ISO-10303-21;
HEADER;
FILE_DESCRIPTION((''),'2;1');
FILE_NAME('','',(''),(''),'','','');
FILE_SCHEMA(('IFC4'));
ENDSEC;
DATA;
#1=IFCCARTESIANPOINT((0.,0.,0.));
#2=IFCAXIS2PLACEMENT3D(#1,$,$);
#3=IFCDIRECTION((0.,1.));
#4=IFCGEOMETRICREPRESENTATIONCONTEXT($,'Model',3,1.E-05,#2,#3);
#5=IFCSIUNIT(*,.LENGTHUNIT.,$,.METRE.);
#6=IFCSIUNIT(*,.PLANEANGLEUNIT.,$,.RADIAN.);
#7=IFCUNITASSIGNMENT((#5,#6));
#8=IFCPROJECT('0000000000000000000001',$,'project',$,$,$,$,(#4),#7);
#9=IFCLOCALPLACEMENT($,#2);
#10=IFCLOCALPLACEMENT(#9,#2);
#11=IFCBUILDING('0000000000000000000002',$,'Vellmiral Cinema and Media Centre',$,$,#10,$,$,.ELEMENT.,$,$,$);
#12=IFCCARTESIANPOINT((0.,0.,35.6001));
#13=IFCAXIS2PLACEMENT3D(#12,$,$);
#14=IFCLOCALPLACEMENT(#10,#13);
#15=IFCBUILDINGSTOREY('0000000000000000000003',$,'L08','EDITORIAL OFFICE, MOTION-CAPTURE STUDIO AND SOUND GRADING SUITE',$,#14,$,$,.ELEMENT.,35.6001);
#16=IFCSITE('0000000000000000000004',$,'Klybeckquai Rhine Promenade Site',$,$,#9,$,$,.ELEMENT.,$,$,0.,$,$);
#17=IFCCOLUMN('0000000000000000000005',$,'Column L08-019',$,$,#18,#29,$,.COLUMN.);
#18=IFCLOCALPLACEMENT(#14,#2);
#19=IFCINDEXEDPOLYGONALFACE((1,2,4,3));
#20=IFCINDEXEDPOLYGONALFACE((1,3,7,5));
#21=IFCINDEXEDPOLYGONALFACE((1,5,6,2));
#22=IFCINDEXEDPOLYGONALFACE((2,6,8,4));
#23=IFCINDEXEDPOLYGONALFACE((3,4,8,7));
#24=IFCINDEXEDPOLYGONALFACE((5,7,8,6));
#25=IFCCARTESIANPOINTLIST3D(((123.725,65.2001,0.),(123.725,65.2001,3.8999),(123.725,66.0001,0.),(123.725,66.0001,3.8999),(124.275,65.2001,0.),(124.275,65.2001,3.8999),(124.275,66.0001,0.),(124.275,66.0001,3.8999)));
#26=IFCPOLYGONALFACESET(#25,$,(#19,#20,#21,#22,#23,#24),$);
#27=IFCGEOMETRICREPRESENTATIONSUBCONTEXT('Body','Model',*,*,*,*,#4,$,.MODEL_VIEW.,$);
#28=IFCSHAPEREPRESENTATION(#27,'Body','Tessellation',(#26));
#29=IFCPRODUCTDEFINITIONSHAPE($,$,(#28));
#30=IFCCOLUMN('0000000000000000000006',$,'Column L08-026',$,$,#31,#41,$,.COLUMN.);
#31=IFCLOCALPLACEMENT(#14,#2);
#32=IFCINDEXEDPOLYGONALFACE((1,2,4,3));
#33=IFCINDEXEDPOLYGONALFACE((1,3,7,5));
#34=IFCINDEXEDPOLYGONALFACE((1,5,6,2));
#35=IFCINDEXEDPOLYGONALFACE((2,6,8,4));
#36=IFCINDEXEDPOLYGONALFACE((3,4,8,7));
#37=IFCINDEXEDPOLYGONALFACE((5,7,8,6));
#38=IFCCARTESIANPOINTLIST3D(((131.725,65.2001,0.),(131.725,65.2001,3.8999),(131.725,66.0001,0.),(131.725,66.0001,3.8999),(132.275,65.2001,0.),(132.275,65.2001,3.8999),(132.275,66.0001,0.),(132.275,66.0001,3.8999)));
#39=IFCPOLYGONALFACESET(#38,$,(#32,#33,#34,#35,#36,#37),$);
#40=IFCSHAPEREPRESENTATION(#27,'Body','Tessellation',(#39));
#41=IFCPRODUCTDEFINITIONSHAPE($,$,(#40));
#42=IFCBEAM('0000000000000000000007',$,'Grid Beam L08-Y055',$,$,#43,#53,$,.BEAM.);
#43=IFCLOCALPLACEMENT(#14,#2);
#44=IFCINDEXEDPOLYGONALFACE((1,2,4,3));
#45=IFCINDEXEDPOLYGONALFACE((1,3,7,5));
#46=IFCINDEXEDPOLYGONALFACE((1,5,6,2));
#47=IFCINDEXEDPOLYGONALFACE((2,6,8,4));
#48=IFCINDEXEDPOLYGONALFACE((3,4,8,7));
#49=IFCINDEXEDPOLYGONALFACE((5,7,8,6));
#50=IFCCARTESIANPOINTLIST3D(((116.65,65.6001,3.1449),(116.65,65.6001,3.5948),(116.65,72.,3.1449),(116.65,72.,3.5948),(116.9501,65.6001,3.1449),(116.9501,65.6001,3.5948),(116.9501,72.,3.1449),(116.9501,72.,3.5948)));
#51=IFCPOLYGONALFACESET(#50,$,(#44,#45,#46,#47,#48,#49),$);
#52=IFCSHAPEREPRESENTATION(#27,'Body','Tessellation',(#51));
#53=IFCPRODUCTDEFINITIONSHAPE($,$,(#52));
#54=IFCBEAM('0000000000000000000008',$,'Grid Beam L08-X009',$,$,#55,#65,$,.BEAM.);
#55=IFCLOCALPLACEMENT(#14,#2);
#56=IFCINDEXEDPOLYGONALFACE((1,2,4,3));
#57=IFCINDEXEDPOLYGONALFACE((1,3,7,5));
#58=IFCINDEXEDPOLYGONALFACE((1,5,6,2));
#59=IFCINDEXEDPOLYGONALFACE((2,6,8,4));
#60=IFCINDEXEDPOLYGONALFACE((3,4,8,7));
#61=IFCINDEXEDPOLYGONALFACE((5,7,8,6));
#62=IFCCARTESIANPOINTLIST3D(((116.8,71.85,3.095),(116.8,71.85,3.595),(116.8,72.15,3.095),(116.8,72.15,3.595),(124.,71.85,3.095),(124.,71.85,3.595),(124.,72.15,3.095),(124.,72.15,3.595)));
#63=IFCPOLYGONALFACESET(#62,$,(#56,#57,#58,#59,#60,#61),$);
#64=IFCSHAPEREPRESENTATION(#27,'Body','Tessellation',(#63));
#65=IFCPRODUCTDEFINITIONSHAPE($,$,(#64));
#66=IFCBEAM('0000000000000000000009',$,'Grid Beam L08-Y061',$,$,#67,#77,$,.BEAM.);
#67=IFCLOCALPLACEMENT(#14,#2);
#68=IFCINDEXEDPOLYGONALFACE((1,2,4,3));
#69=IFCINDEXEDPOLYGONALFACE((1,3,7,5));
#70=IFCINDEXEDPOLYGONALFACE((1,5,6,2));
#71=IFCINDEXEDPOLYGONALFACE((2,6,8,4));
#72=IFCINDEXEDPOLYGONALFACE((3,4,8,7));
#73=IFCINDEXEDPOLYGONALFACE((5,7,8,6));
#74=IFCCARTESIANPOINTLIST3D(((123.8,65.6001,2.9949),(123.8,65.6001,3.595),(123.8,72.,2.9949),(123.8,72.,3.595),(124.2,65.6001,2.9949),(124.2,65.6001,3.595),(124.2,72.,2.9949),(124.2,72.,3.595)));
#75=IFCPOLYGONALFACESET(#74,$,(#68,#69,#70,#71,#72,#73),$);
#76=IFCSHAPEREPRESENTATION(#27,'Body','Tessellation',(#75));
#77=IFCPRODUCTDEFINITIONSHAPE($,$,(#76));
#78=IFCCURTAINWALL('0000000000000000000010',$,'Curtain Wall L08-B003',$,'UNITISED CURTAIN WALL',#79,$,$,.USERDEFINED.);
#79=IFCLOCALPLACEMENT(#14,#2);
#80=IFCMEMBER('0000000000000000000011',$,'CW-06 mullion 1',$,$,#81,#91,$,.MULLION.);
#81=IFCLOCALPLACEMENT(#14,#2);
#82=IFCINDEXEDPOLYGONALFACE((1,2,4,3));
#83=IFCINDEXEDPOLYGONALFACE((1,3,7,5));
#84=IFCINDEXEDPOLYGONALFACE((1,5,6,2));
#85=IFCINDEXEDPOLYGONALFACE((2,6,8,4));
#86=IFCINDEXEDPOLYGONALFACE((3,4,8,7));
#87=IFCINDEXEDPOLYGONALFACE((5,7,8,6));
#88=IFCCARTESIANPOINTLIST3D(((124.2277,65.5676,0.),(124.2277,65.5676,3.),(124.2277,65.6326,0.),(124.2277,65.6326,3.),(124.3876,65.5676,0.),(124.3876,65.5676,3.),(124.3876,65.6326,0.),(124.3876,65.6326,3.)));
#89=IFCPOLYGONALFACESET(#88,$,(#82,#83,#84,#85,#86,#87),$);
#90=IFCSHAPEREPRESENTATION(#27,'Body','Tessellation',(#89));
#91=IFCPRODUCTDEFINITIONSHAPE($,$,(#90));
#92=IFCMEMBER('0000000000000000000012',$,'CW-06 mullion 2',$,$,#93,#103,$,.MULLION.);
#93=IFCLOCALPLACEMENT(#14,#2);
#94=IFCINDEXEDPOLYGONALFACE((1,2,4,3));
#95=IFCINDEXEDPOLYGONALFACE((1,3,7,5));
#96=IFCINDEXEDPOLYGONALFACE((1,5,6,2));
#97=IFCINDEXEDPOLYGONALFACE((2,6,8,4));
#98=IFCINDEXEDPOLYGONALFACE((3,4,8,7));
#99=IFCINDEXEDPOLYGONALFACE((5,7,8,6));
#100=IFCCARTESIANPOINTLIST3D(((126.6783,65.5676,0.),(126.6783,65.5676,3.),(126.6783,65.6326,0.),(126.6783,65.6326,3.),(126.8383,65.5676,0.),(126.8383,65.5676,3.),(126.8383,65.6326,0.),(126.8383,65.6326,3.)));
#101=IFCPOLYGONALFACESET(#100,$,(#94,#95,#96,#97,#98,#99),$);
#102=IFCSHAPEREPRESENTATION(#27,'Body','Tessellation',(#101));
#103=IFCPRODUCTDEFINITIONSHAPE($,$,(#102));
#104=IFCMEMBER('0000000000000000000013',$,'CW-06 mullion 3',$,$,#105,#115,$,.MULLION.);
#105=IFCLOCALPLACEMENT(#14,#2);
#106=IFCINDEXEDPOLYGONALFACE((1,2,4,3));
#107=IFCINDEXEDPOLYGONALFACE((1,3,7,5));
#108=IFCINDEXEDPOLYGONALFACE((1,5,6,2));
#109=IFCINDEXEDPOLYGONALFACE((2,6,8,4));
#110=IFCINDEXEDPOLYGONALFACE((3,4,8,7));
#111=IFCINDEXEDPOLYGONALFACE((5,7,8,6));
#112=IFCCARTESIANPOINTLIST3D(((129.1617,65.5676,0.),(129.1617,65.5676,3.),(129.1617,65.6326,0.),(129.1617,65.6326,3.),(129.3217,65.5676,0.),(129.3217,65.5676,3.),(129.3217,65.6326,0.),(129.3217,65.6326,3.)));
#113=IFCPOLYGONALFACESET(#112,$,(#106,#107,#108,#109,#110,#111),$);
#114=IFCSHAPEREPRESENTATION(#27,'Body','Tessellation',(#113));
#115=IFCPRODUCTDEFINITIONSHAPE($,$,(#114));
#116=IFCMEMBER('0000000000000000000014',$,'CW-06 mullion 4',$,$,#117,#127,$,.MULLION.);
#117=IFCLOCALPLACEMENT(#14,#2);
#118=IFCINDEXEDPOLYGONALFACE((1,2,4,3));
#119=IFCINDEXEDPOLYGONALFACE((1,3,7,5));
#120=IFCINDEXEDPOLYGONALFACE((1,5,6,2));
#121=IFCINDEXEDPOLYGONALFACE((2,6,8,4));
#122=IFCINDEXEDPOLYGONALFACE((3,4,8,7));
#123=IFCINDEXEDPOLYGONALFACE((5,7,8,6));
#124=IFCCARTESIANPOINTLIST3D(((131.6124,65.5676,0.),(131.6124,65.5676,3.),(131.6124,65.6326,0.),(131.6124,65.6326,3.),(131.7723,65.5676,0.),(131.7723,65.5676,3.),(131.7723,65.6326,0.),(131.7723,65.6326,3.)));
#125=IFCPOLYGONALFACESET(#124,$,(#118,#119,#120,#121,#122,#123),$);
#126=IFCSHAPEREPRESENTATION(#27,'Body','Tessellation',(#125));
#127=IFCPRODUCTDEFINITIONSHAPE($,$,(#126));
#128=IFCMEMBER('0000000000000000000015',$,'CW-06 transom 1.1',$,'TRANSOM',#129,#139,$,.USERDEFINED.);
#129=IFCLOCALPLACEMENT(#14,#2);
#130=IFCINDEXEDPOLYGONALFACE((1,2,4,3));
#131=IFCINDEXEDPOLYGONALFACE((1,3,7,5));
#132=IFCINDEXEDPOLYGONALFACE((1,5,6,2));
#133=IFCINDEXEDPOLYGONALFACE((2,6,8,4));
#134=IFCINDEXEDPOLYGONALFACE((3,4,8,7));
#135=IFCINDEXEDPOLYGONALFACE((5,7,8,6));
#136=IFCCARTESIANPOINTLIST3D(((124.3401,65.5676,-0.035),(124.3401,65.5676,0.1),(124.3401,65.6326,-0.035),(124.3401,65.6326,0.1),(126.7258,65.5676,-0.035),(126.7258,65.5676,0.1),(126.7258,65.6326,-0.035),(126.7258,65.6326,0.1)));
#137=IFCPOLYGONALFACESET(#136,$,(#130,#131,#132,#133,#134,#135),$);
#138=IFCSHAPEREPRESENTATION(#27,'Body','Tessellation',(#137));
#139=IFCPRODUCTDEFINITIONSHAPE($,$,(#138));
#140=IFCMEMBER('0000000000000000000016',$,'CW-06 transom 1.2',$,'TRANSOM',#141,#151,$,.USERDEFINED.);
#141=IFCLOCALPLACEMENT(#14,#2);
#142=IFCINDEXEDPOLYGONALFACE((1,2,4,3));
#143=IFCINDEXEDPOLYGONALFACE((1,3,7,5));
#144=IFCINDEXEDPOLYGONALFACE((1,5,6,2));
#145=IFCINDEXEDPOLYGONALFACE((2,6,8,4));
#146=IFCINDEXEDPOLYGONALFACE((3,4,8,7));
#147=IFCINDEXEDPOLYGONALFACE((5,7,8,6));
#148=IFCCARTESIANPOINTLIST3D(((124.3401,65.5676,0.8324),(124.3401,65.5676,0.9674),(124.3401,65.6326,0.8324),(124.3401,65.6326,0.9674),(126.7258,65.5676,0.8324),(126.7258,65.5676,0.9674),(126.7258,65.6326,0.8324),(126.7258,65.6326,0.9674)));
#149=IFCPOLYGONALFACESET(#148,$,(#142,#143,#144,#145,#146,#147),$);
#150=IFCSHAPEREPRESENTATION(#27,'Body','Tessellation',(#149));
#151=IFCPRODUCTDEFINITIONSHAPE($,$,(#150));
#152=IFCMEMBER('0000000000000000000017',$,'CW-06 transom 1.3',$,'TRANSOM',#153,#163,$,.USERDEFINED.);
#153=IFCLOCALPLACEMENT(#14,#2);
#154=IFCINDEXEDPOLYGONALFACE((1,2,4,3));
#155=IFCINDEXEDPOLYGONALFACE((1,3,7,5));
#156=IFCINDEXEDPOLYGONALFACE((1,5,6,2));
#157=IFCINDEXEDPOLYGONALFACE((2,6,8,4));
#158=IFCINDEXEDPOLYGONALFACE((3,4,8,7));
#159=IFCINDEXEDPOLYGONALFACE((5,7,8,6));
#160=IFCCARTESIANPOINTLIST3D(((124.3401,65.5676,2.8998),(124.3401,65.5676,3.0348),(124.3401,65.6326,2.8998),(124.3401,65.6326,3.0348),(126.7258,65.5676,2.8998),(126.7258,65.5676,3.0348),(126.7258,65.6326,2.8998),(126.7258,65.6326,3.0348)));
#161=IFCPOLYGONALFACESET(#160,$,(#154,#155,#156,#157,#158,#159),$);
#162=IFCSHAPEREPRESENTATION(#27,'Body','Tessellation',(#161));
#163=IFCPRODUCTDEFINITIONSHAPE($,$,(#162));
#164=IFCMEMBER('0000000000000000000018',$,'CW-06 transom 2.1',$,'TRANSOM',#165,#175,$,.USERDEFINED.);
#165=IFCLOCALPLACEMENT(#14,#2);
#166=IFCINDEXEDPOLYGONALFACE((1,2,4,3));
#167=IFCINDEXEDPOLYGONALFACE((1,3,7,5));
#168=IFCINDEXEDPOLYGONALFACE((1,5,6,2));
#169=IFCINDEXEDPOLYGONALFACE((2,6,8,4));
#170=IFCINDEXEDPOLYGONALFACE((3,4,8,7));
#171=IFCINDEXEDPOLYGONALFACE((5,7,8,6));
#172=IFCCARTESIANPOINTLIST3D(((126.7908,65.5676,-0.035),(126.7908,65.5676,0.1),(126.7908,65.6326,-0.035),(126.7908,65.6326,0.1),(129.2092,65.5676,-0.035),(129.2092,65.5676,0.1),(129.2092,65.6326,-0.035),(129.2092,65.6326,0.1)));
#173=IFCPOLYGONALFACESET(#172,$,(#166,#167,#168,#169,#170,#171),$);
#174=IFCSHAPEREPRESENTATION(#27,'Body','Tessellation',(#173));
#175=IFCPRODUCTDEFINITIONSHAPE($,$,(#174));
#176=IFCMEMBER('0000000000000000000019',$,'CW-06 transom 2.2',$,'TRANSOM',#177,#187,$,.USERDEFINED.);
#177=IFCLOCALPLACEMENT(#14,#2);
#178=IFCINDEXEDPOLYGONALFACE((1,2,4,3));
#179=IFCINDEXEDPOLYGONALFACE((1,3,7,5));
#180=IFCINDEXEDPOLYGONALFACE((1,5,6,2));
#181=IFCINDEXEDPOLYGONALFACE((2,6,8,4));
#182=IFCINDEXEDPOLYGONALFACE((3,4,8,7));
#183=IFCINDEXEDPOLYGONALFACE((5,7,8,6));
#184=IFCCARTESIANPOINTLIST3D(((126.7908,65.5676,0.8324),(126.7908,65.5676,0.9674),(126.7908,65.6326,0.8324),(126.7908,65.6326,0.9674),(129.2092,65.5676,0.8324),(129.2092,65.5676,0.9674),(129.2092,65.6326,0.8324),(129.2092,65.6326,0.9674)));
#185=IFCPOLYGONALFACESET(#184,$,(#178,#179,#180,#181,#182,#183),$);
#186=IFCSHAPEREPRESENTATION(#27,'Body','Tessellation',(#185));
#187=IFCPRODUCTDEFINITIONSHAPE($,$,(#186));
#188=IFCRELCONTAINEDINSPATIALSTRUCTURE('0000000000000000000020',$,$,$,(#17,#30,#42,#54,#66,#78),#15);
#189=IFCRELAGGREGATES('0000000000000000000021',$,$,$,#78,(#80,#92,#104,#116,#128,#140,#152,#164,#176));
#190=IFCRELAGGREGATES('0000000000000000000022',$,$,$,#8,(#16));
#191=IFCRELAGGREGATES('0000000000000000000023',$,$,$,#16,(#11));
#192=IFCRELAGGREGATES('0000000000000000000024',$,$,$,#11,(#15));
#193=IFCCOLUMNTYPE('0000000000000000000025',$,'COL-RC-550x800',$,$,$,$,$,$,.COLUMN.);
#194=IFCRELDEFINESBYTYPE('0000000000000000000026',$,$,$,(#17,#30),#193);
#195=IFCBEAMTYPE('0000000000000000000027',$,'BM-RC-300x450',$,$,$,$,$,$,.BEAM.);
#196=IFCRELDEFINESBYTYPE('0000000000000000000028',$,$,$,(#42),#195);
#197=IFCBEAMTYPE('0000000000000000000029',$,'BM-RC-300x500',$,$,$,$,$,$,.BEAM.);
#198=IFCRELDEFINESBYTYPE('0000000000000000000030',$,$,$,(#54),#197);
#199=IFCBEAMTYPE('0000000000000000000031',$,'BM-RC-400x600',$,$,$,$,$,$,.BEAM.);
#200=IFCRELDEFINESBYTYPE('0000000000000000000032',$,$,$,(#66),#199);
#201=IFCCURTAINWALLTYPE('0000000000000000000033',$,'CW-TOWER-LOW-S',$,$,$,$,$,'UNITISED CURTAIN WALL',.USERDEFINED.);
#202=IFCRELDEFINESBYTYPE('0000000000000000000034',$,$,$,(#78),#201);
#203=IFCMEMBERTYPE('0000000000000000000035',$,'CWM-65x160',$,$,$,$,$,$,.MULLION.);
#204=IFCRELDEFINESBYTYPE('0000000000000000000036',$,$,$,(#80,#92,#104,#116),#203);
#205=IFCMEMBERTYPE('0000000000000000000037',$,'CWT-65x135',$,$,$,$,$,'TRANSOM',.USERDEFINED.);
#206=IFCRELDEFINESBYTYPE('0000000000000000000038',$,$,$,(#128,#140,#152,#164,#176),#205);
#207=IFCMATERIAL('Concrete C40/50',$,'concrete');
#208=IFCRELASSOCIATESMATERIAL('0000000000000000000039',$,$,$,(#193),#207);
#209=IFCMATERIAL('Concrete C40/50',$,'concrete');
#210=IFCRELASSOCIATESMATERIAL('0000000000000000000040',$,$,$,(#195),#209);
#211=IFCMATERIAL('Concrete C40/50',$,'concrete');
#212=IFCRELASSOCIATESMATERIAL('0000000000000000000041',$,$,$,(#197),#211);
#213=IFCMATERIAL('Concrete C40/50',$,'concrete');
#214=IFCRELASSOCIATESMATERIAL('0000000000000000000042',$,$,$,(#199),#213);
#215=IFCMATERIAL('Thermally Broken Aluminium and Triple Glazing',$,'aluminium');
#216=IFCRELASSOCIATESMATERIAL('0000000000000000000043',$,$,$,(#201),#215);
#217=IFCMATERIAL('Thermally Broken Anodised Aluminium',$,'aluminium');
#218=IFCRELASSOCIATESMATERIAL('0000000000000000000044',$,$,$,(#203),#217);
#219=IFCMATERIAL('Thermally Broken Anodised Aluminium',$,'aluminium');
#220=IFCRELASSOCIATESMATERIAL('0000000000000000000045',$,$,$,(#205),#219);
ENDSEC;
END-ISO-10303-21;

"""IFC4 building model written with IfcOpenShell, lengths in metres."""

from ifc_helpers import new_model, si_unit, direction, frame, origin, origin_2d, place, context, subcontext, project, spatial, rectangle, extrude, material, material_profile, profile_set, type_object, element, aggregate, save


model = new_model("IFC4")

# Units and contexts
model_context = context("Model", 3, precision=1e-05, world=origin(), true_north=direction((0.0, 1.0)))
body_context = subcontext(model_context, "Body", "Model", "MODEL_VIEW")
ifc_project = project(units=[si_unit("LENGTHUNIT", "METRE"), si_unit("PLANEANGLEUNIT", "RADIAN")], contexts=[model_context])

# Site, building, storey
site_placement = place(None, origin())
site = spatial("IfcSite", under=ifc_project, at=site_placement, Name="Klybeckquai Rhine Promenade Site", CompositionType="ELEMENT", RefElevation=0.0)
building_placement = place(site_placement, origin())
building = spatial("IfcBuilding", under=site, at=building_placement, Name="Vellmiral Cinema and Media Centre", CompositionType="ELEMENT")
storey_placement = place(building_placement, frame((0.0, 0.0, 35.6001)))
storey = spatial("IfcBuildingStorey", under=building, at=storey_placement, Name="L08", Description="EDITORIAL OFFICE, MOTION-CAPTURE STUDIO AND SOUND GRADING SUITE", CompositionType="ELEMENT", Elevation=35.6001)

# Columns
ifc_material_1 = material(Name="Concrete C40/50", Category="concrete")
ifc_material_profile_1 = material_profile(ifc_material_1, rectangle(XDim=0.55, YDim=0.8, at=origin_2d()), Name="RC 550x800")
ifc_profile_set_1 = profile_set([ifc_material_profile_1], Name="Concrete C40/50")
column_type = type_object("IfcColumnType", Name="COL-RC-550x800", PredefinedType="COLUMN", material=ifc_profile_set_1)
for number, where, z_axis, x_axis, name in (
    (1, (124.0, 65.6001, 0.0), (0.0, 0.0, 1.0), (1.0, 0.0, 0.0), "Column L08-019"),
    (2, (132.0, 65.6001, 0.0), (0.0, 0.0, 1.0), (1.0, 0.0, 0.0), "Column L08-026"),
):
    element("IfcColumn", number, at=place(storey_placement, frame(where, z_axis=z_axis, x_axis=x_axis)), inside=storey, type_object=column_type, Name=name, PredefinedType="COLUMN", context=body_context, shape_type="SweptSolid", body=[
        extrude(rectangle(XDim=0.55, YDim=0.8, at=origin_2d()), origin(), (0.0, 0.0, 1.0), 3.8999),
    ])

# Beams
ifc_material_2 = material(Name="Concrete C40/50", Category="concrete")
ifc_material_profile_2 = material_profile(ifc_material_2, rectangle(XDim=0.3, YDim=0.45, at=origin_2d()), Name="RC 300x450")
ifc_profile_set_2 = profile_set([ifc_material_profile_2], Name="Concrete C40/50")
beam_type_1 = type_object("IfcBeamType", Name="BM-RC-300x450", PredefinedType="BEAM", material=ifc_profile_set_2)
beam_1_placement = place(storey_placement, frame((116.8, 65.6001, 3.3699), z_axis=(0.0, 1.0, 0.0), x_axis=(-1.0, 0.0, 0.0)))
element("IfcBeam", 3, at=beam_1_placement, inside=storey, type_object=beam_type_1, Name="Grid Beam L08-Y055", PredefinedType="BEAM", context=body_context, shape_type="SweptSolid", body=[
    extrude(rectangle(XDim=0.3, YDim=0.45, at=origin_2d()), origin(), (0.0, 0.0, 1.0), 6.3999),
])
ifc_material_3 = material(Name="Concrete C40/50", Category="concrete")
ifc_material_profile_3 = material_profile(ifc_material_3, rectangle(XDim=0.3, YDim=0.5, at=origin_2d()), Name="RC 300x500")
ifc_profile_set_3 = profile_set([ifc_material_profile_3], Name="Concrete C40/50")
beam_type_2 = type_object("IfcBeamType", Name="BM-RC-300x500", PredefinedType="BEAM", material=ifc_profile_set_3)
beam_2_placement = place(storey_placement, frame((116.8, 72.0, 3.345), z_axis=(1.0, 0.0, 0.0), x_axis=(0.0, 1.0, 0.0)))
element("IfcBeam", 4, at=beam_2_placement, inside=storey, type_object=beam_type_2, Name="Grid Beam L08-X009", PredefinedType="BEAM", context=body_context, shape_type="SweptSolid", body=[
    extrude(rectangle(XDim=0.3, YDim=0.5, at=origin_2d()), origin(), (0.0, 0.0, 1.0), 7.2),
])
ifc_material_4 = material(Name="Concrete C40/50", Category="concrete")
ifc_material_profile_4 = material_profile(ifc_material_4, rectangle(XDim=0.3999, YDim=0.6001, at=origin_2d()), Name="RC 400x600")
ifc_profile_set_4 = profile_set([ifc_material_profile_4], Name="Concrete C40/50")
beam_type_3 = type_object("IfcBeamType", Name="BM-RC-400x600", PredefinedType="BEAM", material=ifc_profile_set_4)
beam_3_placement = place(storey_placement, frame((124.0, 65.6001, 3.2949), z_axis=(0.0, 1.0, 0.0), x_axis=(-1.0, 0.0, 0.0)))
element("IfcBeam", 5, at=beam_3_placement, inside=storey, type_object=beam_type_3, Name="Grid Beam L08-Y061", PredefinedType="BEAM", context=body_context, shape_type="SweptSolid", body=[
    extrude(rectangle(XDim=0.3999, YDim=0.6001, at=origin_2d()), origin(), (0.0, 0.0, 1.0), 6.3999),
])

# Curtain wall, members
ifc_material_5 = material(Name="Thermally Broken Aluminium and Triple Glazing", Category="aluminium")
curtain_wall_type = type_object("IfcCurtainWallType", Name="CW-TOWER-LOW-S", ElementType="UNITISED CURTAIN WALL", PredefinedType="USERDEFINED", material=ifc_material_5)
curtain_wall_placement = place(storey_placement, origin())
curtain_wall = element("IfcCurtainWall", 6, at=curtain_wall_placement, inside=storey, type_object=curtain_wall_type, Name="Curtain Wall L08-B003", ObjectType="UNITISED CURTAIN WALL", PredefinedType="USERDEFINED")
ifc_material_6 = material(Name="Thermally Broken Anodised Aluminium", Category="aluminium")
ifc_material_profile_5 = material_profile(ifc_material_6, rectangle(XDim=0.0649, YDim=0.1599, at=origin_2d()), Name="MULL 65x160")
ifc_profile_set_5 = profile_set([ifc_material_profile_5], Name="Thermally Broken Anodised Aluminium")
member_type_1 = type_object("IfcMemberType", Name="CWM-65x160", PredefinedType="MULLION", material=ifc_profile_set_5)
member_1_placement = place(storey_placement, frame((124.3076, 65.6001, 0.0), z_axis=(0.0, 0.0, 1.0), x_axis=(0.0, 1.0, 0.0)))
member_1 = element("IfcMember", 7, at=member_1_placement, type_object=member_type_1, Name="CW-06 mullion 1", PredefinedType="MULLION", context=body_context, shape_type="SweptSolid", body=[
    extrude(rectangle(XDim=0.0649, YDim=0.1599, at=origin_2d()), origin(), (0.0, 0.0, 1.0), 3.0),
])
member_2_placement = place(storey_placement, frame((126.7583, 65.6001, 0.0), z_axis=(0.0, 0.0, 1.0), x_axis=(0.0, 1.0, 0.0)))
member_2 = element("IfcMember", 8, at=member_2_placement, type_object=member_type_1, Name="CW-06 mullion 2", PredefinedType="MULLION", context=body_context, shape_type="SweptSolid", body=[
    extrude(rectangle(XDim=0.0649, YDim=0.1599, at=origin_2d()), origin(), (0.0, 0.0, 1.0), 3.0),
])
member_3_placement = place(storey_placement, frame((129.2417, 65.6001, 0.0), z_axis=(0.0, 0.0, 1.0), x_axis=(0.0, 1.0, 0.0)))
member_3 = element("IfcMember", 9, at=member_3_placement, type_object=member_type_1, Name="CW-06 mullion 3", PredefinedType="MULLION", context=body_context, shape_type="SweptSolid", body=[
    extrude(rectangle(XDim=0.0649, YDim=0.1599, at=origin_2d()), origin(), (0.0, 0.0, 1.0), 3.0),
])
member_4_placement = place(storey_placement, frame((131.6924, 65.6001, 0.0), z_axis=(0.0, 0.0, 1.0), x_axis=(0.0, 1.0, 0.0)))
member_4 = element("IfcMember", 10, at=member_4_placement, type_object=member_type_1, Name="CW-06 mullion 4", PredefinedType="MULLION", context=body_context, shape_type="SweptSolid", body=[
    extrude(rectangle(XDim=0.0649, YDim=0.1599, at=origin_2d()), origin(), (0.0, 0.0, 1.0), 3.0),
])
ifc_material_7 = material(Name="Thermally Broken Anodised Aluminium", Category="aluminium")
ifc_material_profile_6 = material_profile(ifc_material_7, rectangle(XDim=0.0649, YDim=0.135, at=origin_2d()), Name="MULL 65x135")
ifc_profile_set_6 = profile_set([ifc_material_profile_6], Name="Thermally Broken Anodised Aluminium")
member_type_2 = type_object("IfcMemberType", Name="CWT-65x135", ElementType="TRANSOM", PredefinedType="USERDEFINED", material=ifc_profile_set_6)
member_5_placement = place(storey_placement, frame((124.3401, 65.6001, 0.0325), z_axis=(1.0, 0.0, 0.0), x_axis=(0.0, 1.0, 0.0)))
member_5 = element("IfcMember", 11, at=member_5_placement, type_object=member_type_2, Name="CW-06 transom 1.1", ObjectType="TRANSOM", PredefinedType="USERDEFINED", context=body_context, shape_type="SweptSolid", body=[
    extrude(rectangle(XDim=0.0649, YDim=0.135, at=origin_2d()), origin(), (0.0, 0.0, 1.0), 2.3857),
])
member_6_placement = place(storey_placement, frame((124.3401, 65.6001, 0.8999), z_axis=(1.0, 0.0, 0.0), x_axis=(0.0, 1.0, 0.0)))
member_6 = element("IfcMember", 12, at=member_6_placement, type_object=member_type_2, Name="CW-06 transom 1.2", ObjectType="TRANSOM", PredefinedType="USERDEFINED", context=body_context, shape_type="SweptSolid", body=[
    extrude(rectangle(XDim=0.0649, YDim=0.135, at=origin_2d()), origin(), (0.0, 0.0, 1.0), 2.3857),
])
member_7_placement = place(storey_placement, frame((124.3401, 65.6001, 2.9673), z_axis=(1.0, 0.0, 0.0), x_axis=(0.0, 1.0, 0.0)))
member_7 = element("IfcMember", 13, at=member_7_placement, type_object=member_type_2, Name="CW-06 transom 1.3", ObjectType="TRANSOM", PredefinedType="USERDEFINED", context=body_context, shape_type="SweptSolid", body=[
    extrude(rectangle(XDim=0.0649, YDim=0.135, at=origin_2d()), origin(), (0.0, 0.0, 1.0), 2.3857),
])
member_8_placement = place(storey_placement, frame((126.7908, 65.6001, 0.0325), z_axis=(1.0, 0.0, 0.0), x_axis=(0.0, 1.0, 0.0)))
member_8 = element("IfcMember", 14, at=member_8_placement, type_object=member_type_2, Name="CW-06 transom 2.1", ObjectType="TRANSOM", PredefinedType="USERDEFINED", context=body_context, shape_type="SweptSolid", body=[
    extrude(rectangle(XDim=0.0649, YDim=0.135, at=origin_2d()), origin(), (0.0, 0.0, 1.0), 2.4185),
])
member_9_placement = place(storey_placement, frame((126.7908, 65.6001, 0.8999), z_axis=(1.0, 0.0, 0.0), x_axis=(0.0, 1.0, 0.0)))
member_9 = element("IfcMember", 15, at=member_9_placement, type_object=member_type_2, Name="CW-06 transom 2.2", ObjectType="TRANSOM", PredefinedType="USERDEFINED", context=body_context, shape_type="SweptSolid", body=[
    extrude(rectangle(XDim=0.0649, YDim=0.135, at=origin_2d()), origin(), (0.0, 0.0, 1.0), 2.4185),
])

aggregate(curtain_wall, [member_1, member_2, member_3, member_4, member_5, member_6, member_7, member_8, member_9])

save(model, "model.ifc")
